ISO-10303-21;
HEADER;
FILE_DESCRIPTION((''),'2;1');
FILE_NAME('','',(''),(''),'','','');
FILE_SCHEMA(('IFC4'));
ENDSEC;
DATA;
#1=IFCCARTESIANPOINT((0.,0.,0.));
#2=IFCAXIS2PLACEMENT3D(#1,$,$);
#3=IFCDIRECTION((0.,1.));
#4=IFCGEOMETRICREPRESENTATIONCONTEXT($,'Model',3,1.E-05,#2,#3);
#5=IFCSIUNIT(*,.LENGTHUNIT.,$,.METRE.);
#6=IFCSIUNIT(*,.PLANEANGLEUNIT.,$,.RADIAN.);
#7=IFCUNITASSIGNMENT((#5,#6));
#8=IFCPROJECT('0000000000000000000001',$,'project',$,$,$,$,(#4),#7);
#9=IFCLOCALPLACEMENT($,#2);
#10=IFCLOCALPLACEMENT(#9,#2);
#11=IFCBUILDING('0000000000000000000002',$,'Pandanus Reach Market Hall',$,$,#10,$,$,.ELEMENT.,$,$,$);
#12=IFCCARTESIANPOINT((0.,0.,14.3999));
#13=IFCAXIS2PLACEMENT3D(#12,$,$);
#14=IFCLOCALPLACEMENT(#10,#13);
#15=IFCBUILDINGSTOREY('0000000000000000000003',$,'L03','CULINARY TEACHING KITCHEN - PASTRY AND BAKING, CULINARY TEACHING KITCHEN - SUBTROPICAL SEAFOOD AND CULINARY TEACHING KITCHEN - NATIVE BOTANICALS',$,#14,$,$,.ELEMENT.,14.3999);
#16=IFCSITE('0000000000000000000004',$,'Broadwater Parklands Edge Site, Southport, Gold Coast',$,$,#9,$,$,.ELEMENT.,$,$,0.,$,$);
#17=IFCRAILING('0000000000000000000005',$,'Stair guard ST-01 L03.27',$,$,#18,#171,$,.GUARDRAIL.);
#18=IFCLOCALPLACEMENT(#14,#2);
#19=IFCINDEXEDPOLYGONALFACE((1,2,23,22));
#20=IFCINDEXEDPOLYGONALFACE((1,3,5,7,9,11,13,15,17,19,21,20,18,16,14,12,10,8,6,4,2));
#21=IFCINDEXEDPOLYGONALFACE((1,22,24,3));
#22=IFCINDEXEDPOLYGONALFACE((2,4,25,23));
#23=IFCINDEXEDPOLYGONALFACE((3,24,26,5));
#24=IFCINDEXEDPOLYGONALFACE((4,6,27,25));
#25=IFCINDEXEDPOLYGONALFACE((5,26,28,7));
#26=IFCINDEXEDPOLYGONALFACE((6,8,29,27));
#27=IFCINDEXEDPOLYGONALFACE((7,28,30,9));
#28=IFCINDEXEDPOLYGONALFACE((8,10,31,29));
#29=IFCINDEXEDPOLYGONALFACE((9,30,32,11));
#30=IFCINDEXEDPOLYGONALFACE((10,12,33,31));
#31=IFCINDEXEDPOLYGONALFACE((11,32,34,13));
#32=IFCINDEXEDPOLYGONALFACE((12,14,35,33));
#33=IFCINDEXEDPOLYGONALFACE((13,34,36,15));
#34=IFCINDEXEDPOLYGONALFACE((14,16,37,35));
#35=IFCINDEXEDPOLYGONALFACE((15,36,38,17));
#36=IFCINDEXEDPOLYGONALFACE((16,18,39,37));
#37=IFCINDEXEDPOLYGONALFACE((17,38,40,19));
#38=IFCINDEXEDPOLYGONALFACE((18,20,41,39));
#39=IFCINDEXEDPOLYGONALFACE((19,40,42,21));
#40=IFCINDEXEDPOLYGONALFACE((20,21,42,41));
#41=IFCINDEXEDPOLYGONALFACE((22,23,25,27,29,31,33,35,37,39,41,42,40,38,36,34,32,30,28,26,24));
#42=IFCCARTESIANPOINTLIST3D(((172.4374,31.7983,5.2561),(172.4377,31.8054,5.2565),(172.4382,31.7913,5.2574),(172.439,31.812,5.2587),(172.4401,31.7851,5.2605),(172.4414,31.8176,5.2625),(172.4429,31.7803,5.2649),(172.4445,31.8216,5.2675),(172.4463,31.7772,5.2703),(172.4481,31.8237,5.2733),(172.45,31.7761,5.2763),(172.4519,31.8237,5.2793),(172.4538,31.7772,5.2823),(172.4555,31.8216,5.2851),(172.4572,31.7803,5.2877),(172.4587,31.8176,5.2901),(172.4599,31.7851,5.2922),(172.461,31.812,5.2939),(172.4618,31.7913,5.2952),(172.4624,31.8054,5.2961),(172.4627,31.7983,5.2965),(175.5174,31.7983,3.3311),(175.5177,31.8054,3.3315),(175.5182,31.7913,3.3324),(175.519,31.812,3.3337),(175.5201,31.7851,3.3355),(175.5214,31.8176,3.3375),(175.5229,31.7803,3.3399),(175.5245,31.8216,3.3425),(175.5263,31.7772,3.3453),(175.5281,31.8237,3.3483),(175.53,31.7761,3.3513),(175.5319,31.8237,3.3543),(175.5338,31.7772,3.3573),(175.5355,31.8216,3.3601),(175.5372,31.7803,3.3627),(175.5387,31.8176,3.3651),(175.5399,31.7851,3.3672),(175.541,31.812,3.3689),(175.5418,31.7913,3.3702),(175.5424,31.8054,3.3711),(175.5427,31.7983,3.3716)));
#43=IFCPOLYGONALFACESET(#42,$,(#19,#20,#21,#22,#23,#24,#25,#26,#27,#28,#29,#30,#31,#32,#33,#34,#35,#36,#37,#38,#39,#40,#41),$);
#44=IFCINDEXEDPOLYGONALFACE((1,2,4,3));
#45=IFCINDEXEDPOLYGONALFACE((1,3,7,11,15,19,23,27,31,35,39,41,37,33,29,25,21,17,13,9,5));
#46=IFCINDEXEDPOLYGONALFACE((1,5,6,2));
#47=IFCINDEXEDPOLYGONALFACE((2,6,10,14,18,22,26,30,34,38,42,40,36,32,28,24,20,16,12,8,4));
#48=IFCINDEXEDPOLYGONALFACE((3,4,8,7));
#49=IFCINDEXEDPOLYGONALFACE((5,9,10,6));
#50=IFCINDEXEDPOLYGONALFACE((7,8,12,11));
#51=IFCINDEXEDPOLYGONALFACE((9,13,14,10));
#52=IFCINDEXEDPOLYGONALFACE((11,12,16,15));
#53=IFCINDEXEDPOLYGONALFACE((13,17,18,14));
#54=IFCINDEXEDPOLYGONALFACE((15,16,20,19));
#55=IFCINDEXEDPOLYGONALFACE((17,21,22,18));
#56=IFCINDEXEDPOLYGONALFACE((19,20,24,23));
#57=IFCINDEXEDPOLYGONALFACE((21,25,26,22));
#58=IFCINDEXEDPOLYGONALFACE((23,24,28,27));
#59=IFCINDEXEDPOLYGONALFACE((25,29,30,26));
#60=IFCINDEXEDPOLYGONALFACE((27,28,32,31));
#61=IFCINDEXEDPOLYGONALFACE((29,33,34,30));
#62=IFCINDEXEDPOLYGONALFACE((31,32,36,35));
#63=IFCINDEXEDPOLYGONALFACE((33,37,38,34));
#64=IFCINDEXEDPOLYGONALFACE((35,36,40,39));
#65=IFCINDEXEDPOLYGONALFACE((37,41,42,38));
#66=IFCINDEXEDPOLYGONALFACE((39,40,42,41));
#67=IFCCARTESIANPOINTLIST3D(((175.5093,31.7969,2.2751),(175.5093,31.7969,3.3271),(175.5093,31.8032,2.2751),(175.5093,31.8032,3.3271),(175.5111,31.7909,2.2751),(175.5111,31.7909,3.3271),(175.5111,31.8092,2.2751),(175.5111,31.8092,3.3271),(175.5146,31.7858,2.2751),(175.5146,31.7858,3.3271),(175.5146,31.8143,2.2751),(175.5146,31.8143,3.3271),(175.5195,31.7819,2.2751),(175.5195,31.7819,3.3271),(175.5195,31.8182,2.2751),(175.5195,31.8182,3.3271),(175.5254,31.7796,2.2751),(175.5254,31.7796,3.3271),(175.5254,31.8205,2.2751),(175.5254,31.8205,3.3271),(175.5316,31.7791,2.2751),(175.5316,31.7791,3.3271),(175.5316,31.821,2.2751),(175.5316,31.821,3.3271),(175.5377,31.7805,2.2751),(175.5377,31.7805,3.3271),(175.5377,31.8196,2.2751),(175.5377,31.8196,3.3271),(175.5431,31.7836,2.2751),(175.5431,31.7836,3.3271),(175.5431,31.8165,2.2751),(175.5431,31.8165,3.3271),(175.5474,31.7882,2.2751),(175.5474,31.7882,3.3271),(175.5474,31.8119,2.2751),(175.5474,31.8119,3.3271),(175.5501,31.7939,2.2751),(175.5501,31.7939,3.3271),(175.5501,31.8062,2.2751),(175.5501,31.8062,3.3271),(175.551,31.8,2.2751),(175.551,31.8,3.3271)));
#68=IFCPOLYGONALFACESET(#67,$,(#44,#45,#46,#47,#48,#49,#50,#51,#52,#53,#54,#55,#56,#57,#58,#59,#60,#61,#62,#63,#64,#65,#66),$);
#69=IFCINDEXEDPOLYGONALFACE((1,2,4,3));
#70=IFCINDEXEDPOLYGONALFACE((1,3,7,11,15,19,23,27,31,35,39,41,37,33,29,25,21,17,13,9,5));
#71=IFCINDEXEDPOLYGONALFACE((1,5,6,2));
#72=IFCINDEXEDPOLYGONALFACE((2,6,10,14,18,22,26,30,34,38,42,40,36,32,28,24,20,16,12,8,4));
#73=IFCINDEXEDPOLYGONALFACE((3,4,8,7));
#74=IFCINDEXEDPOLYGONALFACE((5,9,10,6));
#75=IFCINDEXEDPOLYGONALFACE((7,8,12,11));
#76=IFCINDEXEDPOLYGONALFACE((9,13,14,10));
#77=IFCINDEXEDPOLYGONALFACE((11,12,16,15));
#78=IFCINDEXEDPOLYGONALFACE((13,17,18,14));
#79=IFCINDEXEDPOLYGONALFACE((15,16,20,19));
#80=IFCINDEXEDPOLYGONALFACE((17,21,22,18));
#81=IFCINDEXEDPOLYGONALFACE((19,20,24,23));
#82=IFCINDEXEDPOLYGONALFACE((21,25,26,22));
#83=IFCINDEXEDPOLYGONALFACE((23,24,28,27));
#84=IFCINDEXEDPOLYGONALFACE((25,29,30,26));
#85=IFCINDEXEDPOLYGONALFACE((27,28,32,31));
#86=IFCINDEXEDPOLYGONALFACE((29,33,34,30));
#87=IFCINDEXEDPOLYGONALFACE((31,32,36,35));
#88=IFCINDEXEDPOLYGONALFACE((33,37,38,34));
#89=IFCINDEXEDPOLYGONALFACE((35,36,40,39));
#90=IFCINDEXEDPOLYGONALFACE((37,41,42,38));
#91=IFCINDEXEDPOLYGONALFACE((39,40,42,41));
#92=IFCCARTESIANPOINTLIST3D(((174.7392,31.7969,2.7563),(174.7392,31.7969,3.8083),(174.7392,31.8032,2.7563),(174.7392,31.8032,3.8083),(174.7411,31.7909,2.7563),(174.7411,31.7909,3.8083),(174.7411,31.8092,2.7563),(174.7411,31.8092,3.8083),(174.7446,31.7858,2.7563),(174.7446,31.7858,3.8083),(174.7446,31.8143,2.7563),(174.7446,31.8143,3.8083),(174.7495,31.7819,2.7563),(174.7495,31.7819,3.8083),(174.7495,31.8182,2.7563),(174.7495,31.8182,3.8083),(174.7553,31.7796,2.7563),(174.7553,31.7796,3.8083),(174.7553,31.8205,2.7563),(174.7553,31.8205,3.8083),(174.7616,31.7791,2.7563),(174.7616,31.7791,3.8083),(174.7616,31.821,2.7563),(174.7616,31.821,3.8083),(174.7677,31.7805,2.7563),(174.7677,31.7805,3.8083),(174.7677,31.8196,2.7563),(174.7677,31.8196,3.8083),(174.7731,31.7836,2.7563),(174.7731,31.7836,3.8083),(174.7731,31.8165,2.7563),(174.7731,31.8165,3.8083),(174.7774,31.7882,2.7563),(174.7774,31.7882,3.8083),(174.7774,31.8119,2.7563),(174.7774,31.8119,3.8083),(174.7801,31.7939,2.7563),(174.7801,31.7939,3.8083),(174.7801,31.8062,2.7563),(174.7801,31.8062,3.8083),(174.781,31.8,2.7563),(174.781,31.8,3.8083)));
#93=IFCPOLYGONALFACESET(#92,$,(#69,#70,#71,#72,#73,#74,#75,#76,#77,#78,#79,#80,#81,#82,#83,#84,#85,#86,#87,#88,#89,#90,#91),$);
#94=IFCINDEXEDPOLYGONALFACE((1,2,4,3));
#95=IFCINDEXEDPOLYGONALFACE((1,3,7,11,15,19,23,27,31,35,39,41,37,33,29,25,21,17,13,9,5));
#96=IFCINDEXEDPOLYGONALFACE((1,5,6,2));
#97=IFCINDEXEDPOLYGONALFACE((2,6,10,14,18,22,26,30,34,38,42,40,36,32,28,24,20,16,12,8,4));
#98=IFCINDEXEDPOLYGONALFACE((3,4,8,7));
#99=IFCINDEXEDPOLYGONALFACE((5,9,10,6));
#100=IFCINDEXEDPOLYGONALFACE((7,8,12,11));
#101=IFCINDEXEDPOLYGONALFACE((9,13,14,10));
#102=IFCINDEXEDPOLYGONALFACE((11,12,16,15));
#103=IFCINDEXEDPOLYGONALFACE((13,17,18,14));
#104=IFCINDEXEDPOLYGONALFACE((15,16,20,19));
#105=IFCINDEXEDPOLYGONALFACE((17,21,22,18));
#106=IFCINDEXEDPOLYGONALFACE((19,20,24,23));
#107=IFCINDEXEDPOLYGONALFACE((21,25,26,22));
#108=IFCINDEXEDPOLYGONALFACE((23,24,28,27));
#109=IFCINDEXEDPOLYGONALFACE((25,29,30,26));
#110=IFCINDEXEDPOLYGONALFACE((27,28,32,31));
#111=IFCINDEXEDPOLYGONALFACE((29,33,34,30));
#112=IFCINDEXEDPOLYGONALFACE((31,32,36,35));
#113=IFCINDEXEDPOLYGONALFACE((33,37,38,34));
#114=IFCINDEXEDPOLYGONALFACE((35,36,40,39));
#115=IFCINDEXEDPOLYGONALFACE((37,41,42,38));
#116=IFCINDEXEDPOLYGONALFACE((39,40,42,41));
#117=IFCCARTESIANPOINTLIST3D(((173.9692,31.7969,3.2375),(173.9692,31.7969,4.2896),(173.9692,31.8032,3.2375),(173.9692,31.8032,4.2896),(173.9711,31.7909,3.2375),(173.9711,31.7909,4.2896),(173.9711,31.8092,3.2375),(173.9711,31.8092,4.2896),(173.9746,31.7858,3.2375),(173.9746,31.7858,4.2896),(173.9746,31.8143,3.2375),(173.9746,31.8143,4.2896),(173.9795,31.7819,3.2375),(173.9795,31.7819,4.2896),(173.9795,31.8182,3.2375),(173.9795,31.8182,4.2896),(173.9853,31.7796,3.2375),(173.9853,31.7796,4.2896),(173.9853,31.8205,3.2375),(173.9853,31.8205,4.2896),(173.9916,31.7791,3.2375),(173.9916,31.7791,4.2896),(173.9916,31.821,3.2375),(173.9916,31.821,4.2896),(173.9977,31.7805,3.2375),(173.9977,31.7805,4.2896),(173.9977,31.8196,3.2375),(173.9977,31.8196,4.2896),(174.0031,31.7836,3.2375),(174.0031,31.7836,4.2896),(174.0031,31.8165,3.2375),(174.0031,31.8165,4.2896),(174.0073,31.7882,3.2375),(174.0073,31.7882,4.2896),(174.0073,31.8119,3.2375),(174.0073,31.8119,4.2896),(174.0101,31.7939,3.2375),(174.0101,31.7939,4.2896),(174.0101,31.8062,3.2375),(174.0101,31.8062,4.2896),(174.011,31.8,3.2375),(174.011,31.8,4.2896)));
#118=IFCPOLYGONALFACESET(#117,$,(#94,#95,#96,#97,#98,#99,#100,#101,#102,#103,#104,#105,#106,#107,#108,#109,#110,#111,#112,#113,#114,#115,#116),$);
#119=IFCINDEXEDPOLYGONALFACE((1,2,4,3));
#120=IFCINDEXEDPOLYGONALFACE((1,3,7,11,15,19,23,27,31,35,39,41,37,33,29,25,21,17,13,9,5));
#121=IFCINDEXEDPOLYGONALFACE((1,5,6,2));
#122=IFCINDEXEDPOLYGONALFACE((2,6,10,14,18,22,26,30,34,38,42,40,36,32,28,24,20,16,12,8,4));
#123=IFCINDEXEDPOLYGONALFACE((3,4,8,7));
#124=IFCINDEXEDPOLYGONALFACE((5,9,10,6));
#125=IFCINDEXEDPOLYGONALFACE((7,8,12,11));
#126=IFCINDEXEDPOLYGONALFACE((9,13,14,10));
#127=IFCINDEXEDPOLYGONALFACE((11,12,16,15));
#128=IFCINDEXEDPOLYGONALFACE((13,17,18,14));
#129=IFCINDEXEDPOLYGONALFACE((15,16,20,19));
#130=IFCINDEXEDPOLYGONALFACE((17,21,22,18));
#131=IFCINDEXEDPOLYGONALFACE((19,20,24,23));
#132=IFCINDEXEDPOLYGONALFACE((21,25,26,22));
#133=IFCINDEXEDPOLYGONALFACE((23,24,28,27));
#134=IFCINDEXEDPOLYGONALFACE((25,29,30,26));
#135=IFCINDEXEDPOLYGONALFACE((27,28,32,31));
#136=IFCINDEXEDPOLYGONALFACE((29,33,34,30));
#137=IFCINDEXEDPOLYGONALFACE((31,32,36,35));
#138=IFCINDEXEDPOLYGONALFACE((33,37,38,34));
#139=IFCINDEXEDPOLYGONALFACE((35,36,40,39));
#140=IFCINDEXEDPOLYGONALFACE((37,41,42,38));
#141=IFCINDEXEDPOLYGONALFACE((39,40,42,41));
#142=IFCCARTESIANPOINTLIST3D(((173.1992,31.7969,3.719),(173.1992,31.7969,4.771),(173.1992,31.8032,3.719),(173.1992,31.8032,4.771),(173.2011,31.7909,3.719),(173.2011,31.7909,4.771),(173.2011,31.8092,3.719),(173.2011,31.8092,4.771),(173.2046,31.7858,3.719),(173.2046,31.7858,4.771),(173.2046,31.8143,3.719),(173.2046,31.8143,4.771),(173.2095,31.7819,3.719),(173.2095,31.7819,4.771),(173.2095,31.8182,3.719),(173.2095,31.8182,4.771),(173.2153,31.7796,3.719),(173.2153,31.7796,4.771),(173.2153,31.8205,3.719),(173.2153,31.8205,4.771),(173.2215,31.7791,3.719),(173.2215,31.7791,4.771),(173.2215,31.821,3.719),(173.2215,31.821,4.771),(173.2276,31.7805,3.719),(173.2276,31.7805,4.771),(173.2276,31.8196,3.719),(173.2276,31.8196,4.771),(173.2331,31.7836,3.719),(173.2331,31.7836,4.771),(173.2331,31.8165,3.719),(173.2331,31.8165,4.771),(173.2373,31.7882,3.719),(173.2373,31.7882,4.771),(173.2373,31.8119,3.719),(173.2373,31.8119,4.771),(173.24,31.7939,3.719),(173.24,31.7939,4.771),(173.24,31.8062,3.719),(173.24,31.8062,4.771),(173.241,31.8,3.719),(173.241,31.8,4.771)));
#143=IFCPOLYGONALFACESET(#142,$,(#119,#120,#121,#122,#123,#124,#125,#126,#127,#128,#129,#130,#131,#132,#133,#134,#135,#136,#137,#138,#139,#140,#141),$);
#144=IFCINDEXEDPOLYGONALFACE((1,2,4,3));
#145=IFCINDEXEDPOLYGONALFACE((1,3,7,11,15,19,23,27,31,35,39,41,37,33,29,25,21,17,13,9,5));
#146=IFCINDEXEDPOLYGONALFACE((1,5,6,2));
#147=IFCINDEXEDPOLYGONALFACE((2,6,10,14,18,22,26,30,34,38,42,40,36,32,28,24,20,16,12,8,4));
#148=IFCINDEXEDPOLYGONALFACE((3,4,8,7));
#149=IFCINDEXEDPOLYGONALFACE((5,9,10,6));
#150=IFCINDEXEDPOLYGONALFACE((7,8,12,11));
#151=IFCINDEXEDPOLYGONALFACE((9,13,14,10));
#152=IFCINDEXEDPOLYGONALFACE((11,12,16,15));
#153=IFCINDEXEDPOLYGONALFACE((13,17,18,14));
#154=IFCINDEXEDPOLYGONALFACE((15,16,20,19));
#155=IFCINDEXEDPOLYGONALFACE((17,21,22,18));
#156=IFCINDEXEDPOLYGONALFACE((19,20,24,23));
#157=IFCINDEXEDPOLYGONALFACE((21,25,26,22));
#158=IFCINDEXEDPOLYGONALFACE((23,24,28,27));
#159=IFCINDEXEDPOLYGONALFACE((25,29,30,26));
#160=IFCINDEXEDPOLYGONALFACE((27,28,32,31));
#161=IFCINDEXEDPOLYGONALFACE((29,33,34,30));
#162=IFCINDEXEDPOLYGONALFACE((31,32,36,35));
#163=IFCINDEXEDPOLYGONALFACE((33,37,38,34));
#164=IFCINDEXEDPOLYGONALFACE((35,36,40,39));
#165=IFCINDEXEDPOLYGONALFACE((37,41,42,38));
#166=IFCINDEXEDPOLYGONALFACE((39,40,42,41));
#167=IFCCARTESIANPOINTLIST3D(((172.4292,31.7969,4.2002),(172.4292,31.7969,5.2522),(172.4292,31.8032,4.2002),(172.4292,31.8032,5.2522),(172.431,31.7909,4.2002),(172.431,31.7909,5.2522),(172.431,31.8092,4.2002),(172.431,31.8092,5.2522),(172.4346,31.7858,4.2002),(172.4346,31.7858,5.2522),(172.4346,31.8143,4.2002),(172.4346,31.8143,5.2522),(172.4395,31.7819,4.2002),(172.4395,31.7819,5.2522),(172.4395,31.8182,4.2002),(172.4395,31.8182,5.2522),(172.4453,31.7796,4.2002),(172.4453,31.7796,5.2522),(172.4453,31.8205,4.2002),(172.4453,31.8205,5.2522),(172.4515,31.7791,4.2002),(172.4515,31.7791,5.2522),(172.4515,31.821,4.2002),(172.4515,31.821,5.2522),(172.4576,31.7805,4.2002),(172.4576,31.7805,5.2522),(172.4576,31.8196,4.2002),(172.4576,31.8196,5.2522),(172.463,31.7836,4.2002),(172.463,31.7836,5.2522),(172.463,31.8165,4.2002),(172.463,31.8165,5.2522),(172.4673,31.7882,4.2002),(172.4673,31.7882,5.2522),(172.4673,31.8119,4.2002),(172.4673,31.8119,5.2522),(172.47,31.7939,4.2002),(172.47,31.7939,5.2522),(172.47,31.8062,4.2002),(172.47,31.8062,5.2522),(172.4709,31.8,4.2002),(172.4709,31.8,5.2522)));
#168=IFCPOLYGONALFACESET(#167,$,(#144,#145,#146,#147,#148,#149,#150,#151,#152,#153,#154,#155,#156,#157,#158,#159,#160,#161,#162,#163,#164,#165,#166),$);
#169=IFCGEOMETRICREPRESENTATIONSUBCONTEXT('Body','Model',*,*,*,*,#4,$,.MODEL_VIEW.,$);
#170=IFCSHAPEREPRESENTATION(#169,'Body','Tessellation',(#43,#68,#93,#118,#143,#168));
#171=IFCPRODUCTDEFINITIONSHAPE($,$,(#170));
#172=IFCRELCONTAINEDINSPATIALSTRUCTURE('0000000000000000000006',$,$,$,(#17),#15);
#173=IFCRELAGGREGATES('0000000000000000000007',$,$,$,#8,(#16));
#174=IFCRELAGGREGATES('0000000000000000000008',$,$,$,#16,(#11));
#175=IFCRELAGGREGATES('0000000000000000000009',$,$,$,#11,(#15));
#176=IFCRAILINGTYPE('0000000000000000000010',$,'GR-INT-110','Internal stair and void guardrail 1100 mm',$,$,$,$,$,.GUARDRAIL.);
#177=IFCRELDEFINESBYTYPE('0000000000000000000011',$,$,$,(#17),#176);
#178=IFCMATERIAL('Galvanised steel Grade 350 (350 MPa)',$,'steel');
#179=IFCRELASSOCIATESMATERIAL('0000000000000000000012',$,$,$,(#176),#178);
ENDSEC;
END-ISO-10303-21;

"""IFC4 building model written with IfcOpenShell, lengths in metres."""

from ifc_helpers import new_model, si_unit, direction, frame, origin, origin_2d, place, context, subcontext, project, spatial, circle, extrude, material, type_object, element, save


model = new_model("IFC4")

# Units and contexts
model_context = context("Model", 3, precision=1e-05, world=origin(), true_north=direction((0.0, 1.0)))
body_context = subcontext(model_context, "Body", "Model", "MODEL_VIEW")
ifc_project = project(units=[si_unit("LENGTHUNIT", "METRE"), si_unit("PLANEANGLEUNIT", "RADIAN")], contexts=[model_context])

# Site, building, storey
site_placement = place(None, origin())
site = spatial("IfcSite", under=ifc_project, at=site_placement, Name="Broadwater Parklands Edge Site, Southport, Gold Coast", CompositionType="ELEMENT", RefElevation=0.0)
building_placement = place(site_placement, origin())
building = spatial("IfcBuilding", under=site, at=building_placement, Name="Pandanus Reach Market Hall", CompositionType="ELEMENT")
storey_placement = place(building_placement, frame((0.0, 0.0, 14.3999)))
storey = spatial("IfcBuildingStorey", under=building, at=storey_placement, Name="L03", Description="CULINARY TEACHING KITCHEN - PASTRY AND BAKING, CULINARY TEACHING KITCHEN - SUBTROPICAL SEAFOOD AND CULINARY TEACHING KITCHEN - NATIVE BOTANICALS", CompositionType="ELEMENT", Elevation=14.3999)

# Railing
ifc_material_1 = material(Name="Galvanised steel Grade 350 (350 MPa)", Category="steel")
railing_type_1 = type_object("IfcRailingType", Name="GR-INT-110", Description="Internal stair and void guardrail 1100 mm", PredefinedType="GUARDRAIL", material=ifc_material_1)
railing_1_placement = place(storey_placement, frame((175.53, 31.8, 2.2751)))
element("IfcRailing", 1, at=railing_1_placement, inside=storey, type_object=railing_type_1, Name="Stair guard ST-01 L03.27", PredefinedType="GUARDRAIL", context=body_context, shape_type="SweptSolid", body=[
    extrude(circle(Radius=0.0239, at=origin_2d()), frame((0.0, 0.0, 1.0762), z_axis=(-0.847998, 0.0, 0.529999), x_axis=(0.0, -1.0, 0.0)), (0.0, 0.0, 1.0), 3.6321),
    extrude(circle(Radius=0.021, at=origin_2d()), origin(), (0.0, 0.0, 1.0), 1.052),
    extrude(circle(Radius=0.021, at=origin_2d()), frame((-0.77, 0.0, 0.4812)), (0.0, 0.0, 1.0), 1.052),
    extrude(circle(Radius=0.021, at=origin_2d()), frame((-1.54, 0.0, 0.9624)), (0.0, 0.0, 1.0), 1.052),
    extrude(circle(Radius=0.021, at=origin_2d()), frame((-2.3101, 0.0, 1.4438)), (0.0, 0.0, 1.0), 1.052),
    extrude(circle(Radius=0.021, at=origin_2d()), frame((-3.0801, 0.0, 1.925)), (0.0, 0.0, 1.0), 1.052),
])

save(model, "model.ifc")
